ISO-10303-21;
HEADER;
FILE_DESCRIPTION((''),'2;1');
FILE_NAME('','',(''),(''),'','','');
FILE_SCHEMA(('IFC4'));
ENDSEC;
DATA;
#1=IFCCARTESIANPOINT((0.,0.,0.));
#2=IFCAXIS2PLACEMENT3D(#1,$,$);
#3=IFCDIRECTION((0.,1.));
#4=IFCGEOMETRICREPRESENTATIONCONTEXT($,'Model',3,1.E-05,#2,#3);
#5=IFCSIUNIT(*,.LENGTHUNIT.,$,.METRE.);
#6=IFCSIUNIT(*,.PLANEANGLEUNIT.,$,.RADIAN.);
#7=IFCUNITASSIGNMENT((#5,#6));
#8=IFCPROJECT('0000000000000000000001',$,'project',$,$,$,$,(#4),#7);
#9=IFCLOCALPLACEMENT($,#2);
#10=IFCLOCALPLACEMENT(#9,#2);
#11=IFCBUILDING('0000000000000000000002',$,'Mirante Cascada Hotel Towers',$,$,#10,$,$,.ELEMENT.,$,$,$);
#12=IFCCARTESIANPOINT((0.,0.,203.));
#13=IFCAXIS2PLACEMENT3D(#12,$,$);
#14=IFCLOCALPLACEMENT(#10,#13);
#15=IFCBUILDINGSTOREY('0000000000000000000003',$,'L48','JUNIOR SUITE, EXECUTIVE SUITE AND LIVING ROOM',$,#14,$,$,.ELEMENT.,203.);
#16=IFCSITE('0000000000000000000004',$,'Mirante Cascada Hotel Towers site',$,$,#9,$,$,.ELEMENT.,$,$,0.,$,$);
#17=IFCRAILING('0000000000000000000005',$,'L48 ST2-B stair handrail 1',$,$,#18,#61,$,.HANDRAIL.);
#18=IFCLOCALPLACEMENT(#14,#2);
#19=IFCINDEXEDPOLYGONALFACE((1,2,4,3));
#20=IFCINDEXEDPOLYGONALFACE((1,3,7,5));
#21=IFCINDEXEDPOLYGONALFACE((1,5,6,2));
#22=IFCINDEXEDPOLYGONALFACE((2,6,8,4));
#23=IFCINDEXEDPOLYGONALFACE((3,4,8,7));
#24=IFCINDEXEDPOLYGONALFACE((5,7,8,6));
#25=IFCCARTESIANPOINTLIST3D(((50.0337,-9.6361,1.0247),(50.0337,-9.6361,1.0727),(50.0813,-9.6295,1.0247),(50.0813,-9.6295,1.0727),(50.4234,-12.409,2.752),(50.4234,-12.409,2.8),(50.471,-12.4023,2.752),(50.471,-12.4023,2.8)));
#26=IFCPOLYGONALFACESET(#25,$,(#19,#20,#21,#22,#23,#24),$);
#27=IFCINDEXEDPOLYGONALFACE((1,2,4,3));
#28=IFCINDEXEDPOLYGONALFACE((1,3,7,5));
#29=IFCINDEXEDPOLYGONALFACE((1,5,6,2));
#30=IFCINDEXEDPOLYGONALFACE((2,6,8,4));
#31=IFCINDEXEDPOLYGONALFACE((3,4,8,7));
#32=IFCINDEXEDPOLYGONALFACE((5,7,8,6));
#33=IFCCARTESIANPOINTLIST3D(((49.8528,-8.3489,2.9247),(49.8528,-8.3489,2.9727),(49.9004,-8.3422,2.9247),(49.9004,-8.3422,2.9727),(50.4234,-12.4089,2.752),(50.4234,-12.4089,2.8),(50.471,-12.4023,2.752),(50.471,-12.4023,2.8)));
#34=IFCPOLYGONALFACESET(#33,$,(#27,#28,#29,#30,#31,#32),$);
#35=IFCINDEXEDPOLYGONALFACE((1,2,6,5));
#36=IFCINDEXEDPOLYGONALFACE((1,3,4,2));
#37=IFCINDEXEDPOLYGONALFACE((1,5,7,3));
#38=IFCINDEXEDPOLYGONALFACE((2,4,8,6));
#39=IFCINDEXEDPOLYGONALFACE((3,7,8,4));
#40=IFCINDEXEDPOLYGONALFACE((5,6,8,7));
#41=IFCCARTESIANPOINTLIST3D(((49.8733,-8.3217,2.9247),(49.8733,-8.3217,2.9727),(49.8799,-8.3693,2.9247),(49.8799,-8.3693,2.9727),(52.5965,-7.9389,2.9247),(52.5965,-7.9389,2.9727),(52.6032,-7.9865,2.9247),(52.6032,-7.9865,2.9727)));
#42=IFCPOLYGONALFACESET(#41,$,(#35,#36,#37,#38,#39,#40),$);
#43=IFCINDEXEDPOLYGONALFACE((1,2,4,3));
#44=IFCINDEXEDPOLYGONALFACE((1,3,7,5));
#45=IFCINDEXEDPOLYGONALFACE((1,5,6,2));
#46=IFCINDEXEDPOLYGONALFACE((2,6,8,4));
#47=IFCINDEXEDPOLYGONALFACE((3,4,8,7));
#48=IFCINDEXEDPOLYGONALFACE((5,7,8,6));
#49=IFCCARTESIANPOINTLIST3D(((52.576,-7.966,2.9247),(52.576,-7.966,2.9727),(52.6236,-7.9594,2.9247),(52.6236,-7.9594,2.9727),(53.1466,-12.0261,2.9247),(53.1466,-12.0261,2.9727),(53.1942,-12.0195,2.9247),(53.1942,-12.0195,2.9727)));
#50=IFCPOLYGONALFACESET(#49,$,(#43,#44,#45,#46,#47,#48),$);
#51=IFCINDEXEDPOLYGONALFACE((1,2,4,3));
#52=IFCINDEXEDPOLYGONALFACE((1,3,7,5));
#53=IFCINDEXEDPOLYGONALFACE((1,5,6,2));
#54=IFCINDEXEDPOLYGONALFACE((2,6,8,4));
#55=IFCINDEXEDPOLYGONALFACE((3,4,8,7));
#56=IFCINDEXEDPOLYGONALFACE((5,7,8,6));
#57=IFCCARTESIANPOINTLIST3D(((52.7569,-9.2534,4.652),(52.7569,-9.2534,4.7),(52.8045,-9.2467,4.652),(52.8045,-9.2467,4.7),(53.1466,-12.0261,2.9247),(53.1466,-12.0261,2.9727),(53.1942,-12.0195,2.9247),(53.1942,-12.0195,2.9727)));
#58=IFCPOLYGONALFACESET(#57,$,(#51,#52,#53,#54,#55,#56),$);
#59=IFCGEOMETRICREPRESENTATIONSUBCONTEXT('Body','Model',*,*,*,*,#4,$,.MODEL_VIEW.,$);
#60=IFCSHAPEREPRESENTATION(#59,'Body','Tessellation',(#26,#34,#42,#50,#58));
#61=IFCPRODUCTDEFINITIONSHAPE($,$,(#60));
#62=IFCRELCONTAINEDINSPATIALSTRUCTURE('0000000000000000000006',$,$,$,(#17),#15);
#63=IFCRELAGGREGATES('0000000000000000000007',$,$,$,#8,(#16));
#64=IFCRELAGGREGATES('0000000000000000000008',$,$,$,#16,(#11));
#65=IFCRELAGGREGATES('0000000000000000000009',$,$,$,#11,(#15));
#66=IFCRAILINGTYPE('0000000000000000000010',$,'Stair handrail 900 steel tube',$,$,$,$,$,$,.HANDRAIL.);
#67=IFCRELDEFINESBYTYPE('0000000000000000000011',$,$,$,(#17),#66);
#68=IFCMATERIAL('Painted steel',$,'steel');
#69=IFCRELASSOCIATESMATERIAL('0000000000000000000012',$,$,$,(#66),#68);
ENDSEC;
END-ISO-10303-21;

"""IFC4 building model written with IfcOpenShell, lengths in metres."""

from ifc_helpers import new_model, si_unit, direction, frame, origin, origin_2d, place, context, subcontext, project, spatial, rectangle, extrude, material, type_object, element, save


model = new_model("IFC4")

# Units and contexts
model_context = context("Model", 3, precision=1e-05, world=origin(), true_north=direction((0.0, 1.0)))
body_context = subcontext(model_context, "Body", "Model", "MODEL_VIEW")
ifc_project = project(units=[si_unit("LENGTHUNIT", "METRE"), si_unit("PLANEANGLEUNIT", "RADIAN")], contexts=[model_context])

# Site, building, storey
site_placement = place(None, origin())
site = spatial("IfcSite", under=ifc_project, at=site_placement, Name="Mirante Cascada Hotel Towers site", CompositionType="ELEMENT", RefElevation=0.0)
building_placement = place(site_placement, origin())
building = spatial("IfcBuilding", under=site, at=building_placement, Name="Mirante Cascada Hotel Towers", CompositionType="ELEMENT")
storey_placement = place(building_placement, frame((0.0, 0.0, 203.0)))
storey = spatial("IfcBuildingStorey", under=building, at=storey_placement, Name="L48", Description="JUNIOR SUITE, EXECUTIVE SUITE AND LIVING ROOM", CompositionType="ELEMENT", Elevation=203.0)

# Railing
ifc_material_1 = material(Name="Painted steel", Category="steel")
railing_type_1 = type_object("IfcRailingType", Name="Stair handrail 900 steel tube", PredefinedType="HANDRAIL", material=ifc_material_1)
railing_1_placement = place(storey_placement, frame((50.0575, -9.6328, 0.1727)))
element("IfcRailing", 1, at=railing_1_placement, inside=storey, type_object=railing_type_1, Name="L48 ST2-B stair handrail 1", PredefinedType="HANDRAIL", context=body_context, shape_type="SweptSolid", body=[
    extrude(rectangle(XDim=0.048, YDim=0.048, at=origin_2d()), frame((0.0, 0.0, 0.876), z_axis=(0.139176, -0.990268, 0.0), x_axis=(0.990268, 0.139176, 0.0)), (0.0, 0.525021, 0.851089), 3.29),
    extrude(rectangle(XDim=0.048, YDim=0.048, at=origin_2d()), frame((0.3897, -2.7728, 2.6033), z_axis=(-0.139171, 0.990268, 0.0), x_axis=(-0.990268, -0.139171, 0.0)), (0.0, 0.042085, 0.999114), 4.1036),
    extrude(rectangle(XDim=0.048, YDim=0.048, at=origin_2d()), frame((-0.1809, 1.2873, 2.776), z_axis=(0.990264, 0.139201, 0.0), x_axis=(-0.139201, 0.990264, 0.0)), (0.0, 0.0, 1.0), 2.75),
    extrude(rectangle(XDim=0.048, YDim=0.048, at=origin_2d()), frame((2.5423, 1.6701, 2.776), z_axis=(0.139171, -0.990268, 0.0), x_axis=(0.990268, 0.139171, 0.0)), (0.0, 0.0, 1.0), 4.1),
    extrude(rectangle(XDim=0.048, YDim=0.048, at=origin_2d()), frame((3.1129, -2.39, 2.776), z_axis=(-0.139181, 0.990267, 0.0), x_axis=(-0.990267, -0.139181, 0.0)), (0.0, 0.525035, 0.851081), 3.2899),
])

save(model, "model.ifc")
